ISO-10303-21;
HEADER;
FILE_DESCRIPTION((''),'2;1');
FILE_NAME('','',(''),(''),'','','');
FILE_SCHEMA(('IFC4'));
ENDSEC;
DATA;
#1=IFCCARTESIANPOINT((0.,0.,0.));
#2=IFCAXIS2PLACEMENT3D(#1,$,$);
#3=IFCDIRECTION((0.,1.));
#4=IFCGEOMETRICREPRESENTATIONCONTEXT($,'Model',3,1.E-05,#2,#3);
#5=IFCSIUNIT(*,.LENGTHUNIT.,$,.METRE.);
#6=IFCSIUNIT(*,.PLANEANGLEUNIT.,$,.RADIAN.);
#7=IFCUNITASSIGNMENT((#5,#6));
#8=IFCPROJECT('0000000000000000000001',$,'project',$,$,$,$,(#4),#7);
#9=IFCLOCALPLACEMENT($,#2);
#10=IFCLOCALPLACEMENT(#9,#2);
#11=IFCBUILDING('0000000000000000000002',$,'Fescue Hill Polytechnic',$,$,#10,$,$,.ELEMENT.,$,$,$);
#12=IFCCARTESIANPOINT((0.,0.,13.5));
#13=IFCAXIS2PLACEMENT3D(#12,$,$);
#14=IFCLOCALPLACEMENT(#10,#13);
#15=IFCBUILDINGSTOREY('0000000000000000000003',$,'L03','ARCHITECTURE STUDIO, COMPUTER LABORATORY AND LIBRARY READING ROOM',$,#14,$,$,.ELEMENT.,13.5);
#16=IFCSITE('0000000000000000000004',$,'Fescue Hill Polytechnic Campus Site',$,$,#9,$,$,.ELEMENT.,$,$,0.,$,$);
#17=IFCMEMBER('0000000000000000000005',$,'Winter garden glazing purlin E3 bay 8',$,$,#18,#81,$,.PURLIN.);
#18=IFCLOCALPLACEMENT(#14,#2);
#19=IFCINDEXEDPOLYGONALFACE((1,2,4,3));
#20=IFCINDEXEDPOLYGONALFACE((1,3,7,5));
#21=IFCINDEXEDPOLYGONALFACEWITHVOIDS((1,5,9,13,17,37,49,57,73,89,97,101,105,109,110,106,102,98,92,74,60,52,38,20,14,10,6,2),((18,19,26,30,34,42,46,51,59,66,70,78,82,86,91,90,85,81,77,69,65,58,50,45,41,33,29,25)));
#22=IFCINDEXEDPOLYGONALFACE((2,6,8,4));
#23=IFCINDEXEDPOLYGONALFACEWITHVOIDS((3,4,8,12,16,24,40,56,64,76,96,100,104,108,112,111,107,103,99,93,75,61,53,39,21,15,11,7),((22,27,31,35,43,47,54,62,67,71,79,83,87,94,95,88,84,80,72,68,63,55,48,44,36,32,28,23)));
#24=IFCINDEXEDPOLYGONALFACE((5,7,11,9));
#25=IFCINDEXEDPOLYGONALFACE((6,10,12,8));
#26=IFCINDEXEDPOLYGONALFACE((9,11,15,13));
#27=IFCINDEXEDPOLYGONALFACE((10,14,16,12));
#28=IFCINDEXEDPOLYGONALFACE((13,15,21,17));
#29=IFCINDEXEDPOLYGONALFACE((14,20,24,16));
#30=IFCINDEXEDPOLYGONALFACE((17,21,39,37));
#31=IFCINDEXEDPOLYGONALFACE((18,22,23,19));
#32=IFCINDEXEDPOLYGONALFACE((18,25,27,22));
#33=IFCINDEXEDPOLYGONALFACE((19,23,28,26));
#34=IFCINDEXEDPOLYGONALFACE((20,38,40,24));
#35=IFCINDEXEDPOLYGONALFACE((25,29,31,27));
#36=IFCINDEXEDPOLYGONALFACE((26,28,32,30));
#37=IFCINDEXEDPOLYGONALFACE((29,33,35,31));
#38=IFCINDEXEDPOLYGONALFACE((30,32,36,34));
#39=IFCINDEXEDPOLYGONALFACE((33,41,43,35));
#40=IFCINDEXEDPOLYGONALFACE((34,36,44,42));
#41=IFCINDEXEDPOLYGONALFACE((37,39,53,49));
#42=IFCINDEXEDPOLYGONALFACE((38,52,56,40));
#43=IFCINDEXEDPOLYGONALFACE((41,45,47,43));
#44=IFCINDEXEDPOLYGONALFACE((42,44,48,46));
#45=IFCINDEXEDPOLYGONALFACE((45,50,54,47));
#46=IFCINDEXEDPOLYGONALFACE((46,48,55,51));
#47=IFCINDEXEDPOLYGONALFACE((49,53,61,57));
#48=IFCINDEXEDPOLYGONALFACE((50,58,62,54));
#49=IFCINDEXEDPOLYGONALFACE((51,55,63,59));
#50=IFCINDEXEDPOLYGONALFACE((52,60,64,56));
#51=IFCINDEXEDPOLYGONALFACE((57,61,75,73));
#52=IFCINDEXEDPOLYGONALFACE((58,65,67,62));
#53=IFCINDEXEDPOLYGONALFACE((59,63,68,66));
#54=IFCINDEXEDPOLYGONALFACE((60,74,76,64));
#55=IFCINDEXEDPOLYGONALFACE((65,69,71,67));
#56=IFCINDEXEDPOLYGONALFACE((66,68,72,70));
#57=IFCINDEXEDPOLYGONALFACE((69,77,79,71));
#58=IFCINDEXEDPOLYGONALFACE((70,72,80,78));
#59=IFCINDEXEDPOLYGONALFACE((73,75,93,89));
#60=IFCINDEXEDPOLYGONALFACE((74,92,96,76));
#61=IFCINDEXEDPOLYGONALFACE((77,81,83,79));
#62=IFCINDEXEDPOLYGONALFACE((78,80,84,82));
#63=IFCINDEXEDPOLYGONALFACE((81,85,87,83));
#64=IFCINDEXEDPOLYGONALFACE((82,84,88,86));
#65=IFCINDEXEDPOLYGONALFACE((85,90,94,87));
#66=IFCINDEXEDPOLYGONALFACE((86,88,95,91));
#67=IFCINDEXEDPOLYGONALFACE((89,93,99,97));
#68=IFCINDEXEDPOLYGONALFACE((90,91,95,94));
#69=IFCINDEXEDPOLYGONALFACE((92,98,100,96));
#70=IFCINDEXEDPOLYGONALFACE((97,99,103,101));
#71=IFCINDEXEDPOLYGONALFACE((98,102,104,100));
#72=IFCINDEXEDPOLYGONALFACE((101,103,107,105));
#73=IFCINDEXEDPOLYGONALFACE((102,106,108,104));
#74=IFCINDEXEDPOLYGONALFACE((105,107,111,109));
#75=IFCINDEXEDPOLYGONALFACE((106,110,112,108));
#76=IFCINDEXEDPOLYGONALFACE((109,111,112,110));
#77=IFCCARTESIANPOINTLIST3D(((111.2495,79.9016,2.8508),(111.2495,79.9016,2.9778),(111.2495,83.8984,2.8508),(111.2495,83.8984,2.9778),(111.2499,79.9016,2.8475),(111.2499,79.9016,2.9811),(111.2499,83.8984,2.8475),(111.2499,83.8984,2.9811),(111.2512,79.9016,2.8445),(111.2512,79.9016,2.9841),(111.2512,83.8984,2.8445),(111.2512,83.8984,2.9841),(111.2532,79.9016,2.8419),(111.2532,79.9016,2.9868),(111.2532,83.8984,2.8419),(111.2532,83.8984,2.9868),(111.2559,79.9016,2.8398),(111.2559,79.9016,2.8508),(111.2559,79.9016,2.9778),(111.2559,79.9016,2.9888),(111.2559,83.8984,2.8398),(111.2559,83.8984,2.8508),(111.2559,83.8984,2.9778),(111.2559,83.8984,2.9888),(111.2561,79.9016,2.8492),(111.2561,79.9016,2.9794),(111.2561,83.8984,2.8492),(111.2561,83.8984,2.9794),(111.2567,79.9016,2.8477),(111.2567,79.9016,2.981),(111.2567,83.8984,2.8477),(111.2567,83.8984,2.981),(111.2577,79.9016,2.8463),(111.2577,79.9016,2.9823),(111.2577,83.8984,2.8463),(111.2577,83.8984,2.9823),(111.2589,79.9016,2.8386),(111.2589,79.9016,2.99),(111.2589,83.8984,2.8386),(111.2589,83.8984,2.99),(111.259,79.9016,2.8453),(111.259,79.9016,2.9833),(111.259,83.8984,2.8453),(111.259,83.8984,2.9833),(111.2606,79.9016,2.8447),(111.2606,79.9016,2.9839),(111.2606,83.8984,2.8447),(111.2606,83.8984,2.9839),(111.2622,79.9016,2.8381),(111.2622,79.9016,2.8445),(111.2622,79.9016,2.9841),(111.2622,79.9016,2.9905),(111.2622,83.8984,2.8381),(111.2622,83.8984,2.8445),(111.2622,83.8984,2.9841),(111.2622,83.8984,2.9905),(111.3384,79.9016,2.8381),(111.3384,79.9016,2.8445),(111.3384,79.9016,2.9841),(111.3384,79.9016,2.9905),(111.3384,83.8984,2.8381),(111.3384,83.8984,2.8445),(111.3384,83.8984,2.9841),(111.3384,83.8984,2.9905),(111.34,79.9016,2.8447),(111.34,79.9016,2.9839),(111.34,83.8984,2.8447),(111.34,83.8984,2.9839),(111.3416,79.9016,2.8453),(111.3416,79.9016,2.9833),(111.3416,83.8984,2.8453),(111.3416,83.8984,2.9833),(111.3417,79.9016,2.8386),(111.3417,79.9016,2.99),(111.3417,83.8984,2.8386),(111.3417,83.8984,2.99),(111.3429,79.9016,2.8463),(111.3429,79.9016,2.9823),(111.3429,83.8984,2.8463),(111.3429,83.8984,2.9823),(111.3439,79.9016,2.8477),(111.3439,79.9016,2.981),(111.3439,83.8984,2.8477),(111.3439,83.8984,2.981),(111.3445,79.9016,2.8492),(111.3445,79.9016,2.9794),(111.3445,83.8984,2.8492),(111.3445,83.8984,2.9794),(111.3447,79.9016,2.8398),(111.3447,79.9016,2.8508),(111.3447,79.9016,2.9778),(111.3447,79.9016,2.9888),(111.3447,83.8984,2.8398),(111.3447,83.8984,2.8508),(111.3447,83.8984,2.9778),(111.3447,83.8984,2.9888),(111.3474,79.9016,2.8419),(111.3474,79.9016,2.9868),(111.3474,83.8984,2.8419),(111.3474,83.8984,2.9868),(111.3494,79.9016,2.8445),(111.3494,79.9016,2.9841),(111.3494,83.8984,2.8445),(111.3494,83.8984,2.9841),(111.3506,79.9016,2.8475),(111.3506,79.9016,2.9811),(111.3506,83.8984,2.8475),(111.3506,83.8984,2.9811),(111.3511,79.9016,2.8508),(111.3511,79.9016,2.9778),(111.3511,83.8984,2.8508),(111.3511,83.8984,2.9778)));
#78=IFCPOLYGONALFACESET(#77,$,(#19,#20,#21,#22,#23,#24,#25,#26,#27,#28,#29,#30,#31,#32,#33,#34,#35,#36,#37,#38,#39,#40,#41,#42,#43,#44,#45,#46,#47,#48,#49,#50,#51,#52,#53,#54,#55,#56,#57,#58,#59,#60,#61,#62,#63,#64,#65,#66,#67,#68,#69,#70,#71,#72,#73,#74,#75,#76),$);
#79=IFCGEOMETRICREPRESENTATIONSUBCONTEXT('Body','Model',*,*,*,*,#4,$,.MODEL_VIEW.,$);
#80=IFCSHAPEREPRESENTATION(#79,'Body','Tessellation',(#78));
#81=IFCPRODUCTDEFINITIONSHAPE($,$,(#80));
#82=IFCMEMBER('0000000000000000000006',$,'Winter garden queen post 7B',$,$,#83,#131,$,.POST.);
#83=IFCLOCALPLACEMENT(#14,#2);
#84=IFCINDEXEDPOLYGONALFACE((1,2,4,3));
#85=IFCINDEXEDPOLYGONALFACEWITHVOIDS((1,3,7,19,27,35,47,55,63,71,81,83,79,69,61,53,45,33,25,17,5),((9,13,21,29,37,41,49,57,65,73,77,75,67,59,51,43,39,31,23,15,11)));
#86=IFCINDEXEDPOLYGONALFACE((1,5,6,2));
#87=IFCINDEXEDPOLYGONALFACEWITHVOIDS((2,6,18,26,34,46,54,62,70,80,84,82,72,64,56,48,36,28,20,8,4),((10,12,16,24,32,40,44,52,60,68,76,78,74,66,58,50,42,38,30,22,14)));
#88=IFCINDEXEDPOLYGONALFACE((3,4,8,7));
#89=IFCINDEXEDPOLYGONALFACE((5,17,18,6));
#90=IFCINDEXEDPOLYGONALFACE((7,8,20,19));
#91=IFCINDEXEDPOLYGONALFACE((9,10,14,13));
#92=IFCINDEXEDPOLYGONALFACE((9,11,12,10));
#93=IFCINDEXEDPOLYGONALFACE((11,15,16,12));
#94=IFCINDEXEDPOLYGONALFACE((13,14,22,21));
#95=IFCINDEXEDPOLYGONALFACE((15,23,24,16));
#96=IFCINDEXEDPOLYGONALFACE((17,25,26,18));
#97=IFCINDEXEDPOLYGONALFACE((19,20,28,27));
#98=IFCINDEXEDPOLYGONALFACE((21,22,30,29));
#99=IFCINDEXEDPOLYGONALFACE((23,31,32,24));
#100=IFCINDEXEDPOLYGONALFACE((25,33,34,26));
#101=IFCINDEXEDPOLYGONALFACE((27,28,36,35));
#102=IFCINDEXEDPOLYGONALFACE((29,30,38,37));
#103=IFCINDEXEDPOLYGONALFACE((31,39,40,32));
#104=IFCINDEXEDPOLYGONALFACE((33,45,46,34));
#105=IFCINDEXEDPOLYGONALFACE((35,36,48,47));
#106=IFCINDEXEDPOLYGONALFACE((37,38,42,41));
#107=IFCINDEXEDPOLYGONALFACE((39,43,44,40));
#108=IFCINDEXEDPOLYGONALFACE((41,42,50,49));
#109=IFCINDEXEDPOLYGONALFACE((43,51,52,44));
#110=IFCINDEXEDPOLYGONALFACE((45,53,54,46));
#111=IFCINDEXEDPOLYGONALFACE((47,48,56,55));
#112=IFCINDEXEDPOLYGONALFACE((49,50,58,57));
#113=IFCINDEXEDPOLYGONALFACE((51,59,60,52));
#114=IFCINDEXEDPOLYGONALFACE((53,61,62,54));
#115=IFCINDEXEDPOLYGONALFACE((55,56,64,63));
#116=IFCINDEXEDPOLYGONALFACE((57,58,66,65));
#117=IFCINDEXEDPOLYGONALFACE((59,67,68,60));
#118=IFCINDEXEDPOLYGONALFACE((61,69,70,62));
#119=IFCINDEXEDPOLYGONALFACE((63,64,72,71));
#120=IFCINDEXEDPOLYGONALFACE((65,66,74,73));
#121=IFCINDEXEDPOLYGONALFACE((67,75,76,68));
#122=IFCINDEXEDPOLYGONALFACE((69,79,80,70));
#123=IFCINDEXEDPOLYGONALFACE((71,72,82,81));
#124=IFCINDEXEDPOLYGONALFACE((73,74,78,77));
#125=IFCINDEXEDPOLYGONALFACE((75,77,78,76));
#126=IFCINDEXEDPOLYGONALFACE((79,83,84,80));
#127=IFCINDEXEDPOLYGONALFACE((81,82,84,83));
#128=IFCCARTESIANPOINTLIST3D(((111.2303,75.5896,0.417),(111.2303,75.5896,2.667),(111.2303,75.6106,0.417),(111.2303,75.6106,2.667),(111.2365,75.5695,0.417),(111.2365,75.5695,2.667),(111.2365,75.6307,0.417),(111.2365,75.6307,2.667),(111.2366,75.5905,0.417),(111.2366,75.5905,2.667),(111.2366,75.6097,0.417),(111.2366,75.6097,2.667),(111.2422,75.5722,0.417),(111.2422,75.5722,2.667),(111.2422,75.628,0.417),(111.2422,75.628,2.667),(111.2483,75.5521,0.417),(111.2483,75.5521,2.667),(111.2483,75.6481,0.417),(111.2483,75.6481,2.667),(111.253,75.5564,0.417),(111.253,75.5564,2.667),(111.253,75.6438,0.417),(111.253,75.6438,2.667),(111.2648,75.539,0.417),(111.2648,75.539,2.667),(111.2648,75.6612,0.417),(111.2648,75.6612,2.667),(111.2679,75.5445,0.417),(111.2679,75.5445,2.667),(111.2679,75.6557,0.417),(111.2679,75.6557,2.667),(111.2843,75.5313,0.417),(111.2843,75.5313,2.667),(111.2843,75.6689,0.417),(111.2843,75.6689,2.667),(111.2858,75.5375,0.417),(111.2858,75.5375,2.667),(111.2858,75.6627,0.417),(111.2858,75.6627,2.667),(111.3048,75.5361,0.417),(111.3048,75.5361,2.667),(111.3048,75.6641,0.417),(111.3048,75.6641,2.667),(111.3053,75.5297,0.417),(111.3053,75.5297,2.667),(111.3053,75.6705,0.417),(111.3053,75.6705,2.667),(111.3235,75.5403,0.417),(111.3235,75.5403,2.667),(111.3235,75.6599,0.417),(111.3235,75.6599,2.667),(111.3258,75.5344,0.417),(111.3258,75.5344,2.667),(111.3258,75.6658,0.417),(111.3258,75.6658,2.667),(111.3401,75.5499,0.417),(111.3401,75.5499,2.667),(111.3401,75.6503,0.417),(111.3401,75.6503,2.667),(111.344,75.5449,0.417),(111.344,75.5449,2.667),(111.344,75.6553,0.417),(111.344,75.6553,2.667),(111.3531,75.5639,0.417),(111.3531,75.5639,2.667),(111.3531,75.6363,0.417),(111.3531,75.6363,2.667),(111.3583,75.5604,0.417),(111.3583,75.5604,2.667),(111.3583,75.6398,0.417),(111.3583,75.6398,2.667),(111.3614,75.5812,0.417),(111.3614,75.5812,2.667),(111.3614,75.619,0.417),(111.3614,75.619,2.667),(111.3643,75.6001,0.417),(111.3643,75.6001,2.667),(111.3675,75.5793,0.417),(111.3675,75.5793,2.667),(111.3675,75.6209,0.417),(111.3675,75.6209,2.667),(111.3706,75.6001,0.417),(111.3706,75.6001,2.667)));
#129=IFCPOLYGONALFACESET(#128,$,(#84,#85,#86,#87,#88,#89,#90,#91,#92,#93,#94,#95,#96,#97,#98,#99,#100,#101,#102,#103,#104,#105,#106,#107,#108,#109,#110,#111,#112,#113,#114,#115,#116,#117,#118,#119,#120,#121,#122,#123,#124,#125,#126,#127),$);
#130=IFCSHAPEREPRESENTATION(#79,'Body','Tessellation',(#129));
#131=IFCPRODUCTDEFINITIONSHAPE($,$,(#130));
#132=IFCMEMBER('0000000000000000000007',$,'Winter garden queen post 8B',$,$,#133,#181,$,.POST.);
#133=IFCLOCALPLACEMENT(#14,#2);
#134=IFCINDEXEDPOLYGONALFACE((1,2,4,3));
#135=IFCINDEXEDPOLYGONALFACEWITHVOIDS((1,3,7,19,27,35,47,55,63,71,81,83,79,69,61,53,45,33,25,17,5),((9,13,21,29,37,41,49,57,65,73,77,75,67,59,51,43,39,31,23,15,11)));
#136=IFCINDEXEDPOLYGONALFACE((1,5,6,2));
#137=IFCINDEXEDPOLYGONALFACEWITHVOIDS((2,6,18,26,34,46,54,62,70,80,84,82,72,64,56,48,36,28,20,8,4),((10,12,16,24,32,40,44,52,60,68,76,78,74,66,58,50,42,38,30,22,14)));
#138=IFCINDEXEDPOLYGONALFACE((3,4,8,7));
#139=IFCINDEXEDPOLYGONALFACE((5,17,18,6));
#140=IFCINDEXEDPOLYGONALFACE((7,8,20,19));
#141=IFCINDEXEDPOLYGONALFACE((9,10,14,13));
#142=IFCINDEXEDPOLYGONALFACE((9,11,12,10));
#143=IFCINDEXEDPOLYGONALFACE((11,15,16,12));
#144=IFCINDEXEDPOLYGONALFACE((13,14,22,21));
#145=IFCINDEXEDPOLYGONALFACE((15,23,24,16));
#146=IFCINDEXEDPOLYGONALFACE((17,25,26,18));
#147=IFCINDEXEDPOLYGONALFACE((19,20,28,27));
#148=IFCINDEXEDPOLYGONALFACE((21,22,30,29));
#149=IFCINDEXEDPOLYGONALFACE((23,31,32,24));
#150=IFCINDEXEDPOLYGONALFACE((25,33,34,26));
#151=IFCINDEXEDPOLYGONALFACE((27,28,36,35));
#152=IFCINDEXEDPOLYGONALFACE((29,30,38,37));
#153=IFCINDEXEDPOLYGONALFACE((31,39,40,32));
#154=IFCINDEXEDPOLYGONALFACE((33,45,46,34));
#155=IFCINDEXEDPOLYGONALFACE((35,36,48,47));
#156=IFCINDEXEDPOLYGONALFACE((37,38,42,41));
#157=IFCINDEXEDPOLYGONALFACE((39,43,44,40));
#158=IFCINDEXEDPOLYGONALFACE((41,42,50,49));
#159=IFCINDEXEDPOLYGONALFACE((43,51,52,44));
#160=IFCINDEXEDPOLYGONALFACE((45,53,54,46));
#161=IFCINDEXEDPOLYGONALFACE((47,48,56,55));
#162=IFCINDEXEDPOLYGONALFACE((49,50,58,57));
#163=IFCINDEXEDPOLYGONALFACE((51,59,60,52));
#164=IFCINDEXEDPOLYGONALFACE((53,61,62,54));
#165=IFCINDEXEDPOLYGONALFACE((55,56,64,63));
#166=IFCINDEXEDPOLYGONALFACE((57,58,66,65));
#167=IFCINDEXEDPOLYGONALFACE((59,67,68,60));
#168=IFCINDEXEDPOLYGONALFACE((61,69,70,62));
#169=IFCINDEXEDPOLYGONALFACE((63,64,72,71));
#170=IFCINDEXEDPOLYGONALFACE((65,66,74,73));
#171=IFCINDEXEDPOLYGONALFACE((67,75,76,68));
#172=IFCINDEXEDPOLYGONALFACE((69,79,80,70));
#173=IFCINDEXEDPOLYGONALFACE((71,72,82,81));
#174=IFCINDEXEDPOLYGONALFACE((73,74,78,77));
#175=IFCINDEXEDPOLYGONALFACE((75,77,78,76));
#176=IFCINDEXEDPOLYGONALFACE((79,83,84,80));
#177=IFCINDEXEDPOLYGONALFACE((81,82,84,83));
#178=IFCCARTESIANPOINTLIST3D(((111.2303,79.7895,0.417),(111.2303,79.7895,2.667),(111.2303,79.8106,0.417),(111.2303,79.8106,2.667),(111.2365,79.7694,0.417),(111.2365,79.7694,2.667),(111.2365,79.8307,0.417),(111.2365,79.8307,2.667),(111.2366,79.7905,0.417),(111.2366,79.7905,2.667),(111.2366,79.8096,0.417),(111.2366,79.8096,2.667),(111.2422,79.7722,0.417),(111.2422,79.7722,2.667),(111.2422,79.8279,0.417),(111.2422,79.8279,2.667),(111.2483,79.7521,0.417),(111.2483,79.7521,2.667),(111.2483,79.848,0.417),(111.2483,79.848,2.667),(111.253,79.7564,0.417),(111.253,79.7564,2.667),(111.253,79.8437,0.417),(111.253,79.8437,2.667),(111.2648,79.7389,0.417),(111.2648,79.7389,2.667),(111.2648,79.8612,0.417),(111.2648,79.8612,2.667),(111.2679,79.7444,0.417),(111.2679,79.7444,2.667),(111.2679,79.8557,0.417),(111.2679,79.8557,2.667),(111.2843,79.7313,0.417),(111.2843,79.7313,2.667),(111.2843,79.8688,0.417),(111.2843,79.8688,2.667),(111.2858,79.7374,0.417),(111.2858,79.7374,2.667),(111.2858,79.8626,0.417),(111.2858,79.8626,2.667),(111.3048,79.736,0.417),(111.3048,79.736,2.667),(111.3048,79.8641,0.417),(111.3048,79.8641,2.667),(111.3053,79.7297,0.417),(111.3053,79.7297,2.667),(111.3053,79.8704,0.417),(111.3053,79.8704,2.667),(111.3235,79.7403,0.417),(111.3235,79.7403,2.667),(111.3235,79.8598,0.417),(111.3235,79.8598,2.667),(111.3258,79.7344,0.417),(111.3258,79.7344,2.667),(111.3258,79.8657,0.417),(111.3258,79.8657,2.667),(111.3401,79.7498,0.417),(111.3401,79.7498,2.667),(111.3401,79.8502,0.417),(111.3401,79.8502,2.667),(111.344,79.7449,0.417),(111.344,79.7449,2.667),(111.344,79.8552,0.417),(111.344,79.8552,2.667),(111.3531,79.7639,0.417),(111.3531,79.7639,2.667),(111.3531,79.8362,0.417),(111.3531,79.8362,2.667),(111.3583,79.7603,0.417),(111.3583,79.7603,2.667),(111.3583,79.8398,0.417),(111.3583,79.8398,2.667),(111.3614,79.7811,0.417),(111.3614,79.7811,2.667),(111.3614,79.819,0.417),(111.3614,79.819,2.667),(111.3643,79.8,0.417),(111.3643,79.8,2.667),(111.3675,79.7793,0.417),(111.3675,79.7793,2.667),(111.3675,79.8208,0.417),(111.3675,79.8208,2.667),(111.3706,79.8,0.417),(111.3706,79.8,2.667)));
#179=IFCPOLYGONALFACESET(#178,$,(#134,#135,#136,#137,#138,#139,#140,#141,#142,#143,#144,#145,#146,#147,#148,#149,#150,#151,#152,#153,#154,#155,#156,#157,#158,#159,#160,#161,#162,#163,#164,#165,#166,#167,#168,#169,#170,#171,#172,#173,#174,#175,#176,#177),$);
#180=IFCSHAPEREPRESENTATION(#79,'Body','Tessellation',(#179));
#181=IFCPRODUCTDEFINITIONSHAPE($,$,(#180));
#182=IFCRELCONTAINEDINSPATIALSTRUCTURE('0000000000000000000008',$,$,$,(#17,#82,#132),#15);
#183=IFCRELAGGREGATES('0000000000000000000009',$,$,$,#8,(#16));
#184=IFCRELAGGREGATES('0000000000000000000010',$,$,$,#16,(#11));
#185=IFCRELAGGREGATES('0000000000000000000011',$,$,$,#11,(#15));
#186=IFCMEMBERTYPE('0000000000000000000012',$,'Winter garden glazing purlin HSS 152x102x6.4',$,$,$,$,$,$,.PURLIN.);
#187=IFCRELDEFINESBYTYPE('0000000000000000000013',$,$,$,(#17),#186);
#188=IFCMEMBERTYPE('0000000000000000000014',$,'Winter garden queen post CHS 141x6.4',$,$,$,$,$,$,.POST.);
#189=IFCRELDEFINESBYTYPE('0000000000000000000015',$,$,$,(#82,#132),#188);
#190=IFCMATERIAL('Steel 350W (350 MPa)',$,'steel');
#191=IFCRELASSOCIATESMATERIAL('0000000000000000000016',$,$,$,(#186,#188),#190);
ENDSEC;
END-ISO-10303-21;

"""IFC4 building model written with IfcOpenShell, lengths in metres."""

from ifc_helpers import new_model, si_unit, direction, frame, origin, origin_2d, place, context, subcontext, project, spatial, hollow_rectangle, hollow_circle, extrude, material, material_profile, profile_set, type_object, element, save


model = new_model("IFC4")

# Units and contexts
model_context = context("Model", 3, precision=1e-05, world=origin(), true_north=direction((0.0, 1.0)))
body_context = subcontext(model_context, "Body", "Model", "MODEL_VIEW")
ifc_project = project(units=[si_unit("LENGTHUNIT", "METRE"), si_unit("PLANEANGLEUNIT", "RADIAN")], contexts=[model_context])

# Site, building, storey
site_placement = place(None, origin())
site = spatial("IfcSite", under=ifc_project, at=site_placement, Name="Fescue Hill Polytechnic Campus Site", CompositionType="ELEMENT", RefElevation=0.0)
building_placement = place(site_placement, origin())
building = spatial("IfcBuilding", under=site, at=building_placement, Name="Fescue Hill Polytechnic", CompositionType="ELEMENT")
storey_placement = place(building_placement, frame((0.0, 0.0, 13.5)))
storey = spatial("IfcBuildingStorey", under=building, at=storey_placement, Name="L03", Description="ARCHITECTURE STUDIO, COMPUTER LABORATORY AND LIBRARY READING ROOM", CompositionType="ELEMENT", Elevation=13.5)

# Members
ifc_material_1 = material(Name="Steel 350W (350 MPa)", Category="steel")
ifc_material_profile_1 = material_profile(ifc_material_1, hollow_rectangle(XDim=0.1016, YDim=0.1523, WallThickness=0.0063, InnerFilletRadius=0.0063, OuterFilletRadius=0.0127, at=origin_2d()), Name="Winter garden glazing purlin HSS 152x102x6.4")
ifc_profile_set_1 = profile_set([ifc_material_profile_1], Name="Steel 350W (350 MPa)")
member_type_1 = type_object("IfcMemberType", Name="Winter garden glazing purlin HSS 152x102x6.4", PredefinedType="PURLIN", material=ifc_profile_set_1)
for number, where, z_axis, x_axis, name in (
    (1, (111.3003, 79.9016, 2.9143), (0.0, 1.0, 0.0), (-1.0, 0.0, 0.0), "Winter garden glazing purlin E3 bay 8"),
):
    element("IfcMember", number, at=place(storey_placement, frame(where, z_axis=z_axis, x_axis=x_axis)), inside=storey, type_object=member_type_1, Name=name, PredefinedType="PURLIN", context=body_context, shape_type="SweptSolid", body=[
        extrude(hollow_rectangle(XDim=0.1016, YDim=0.1523, WallThickness=0.0063, InnerFilletRadius=0.0063, OuterFilletRadius=0.0127, at=origin_2d()), origin(), (0.0, 0.0, 1.0), 3.9968),
    ])
ifc_material_profile_2 = material_profile(ifc_material_1, hollow_circle(Radius=0.0706, WallThickness=0.0063, at=origin_2d()), Name="Winter garden queen post CHS 141x6.4")
ifc_profile_set_2 = profile_set([ifc_material_profile_2], Name="Steel 350W (350 MPa)")
member_type_2 = type_object("IfcMemberType", Name="Winter garden queen post CHS 141x6.4", PredefinedType="POST", material=ifc_profile_set_2)
for number, where, z_axis, x_axis, name in (
    (2, (111.3, 75.6001, 0.417), (0.0, 0.0, 1.0), (1.0, 0.0, 0.0), "Winter garden queen post 7B"),
    (3, (111.3, 79.8, 0.417), (0.0, 0.0, 1.0), (1.0, 0.0, 0.0), "Winter garden queen post 8B"),
):
    element("IfcMember", number, at=place(storey_placement, frame(where, z_axis=z_axis, x_axis=x_axis)), inside=storey, type_object=member_type_2, Name=name, PredefinedType="POST", context=body_context, shape_type="SweptSolid", body=[
        extrude(hollow_circle(Radius=0.0706, WallThickness=0.0063, at=origin_2d()), origin(), (0.0, 0.0, 1.0), 2.25),
    ])

save(model, "model.ifc")
